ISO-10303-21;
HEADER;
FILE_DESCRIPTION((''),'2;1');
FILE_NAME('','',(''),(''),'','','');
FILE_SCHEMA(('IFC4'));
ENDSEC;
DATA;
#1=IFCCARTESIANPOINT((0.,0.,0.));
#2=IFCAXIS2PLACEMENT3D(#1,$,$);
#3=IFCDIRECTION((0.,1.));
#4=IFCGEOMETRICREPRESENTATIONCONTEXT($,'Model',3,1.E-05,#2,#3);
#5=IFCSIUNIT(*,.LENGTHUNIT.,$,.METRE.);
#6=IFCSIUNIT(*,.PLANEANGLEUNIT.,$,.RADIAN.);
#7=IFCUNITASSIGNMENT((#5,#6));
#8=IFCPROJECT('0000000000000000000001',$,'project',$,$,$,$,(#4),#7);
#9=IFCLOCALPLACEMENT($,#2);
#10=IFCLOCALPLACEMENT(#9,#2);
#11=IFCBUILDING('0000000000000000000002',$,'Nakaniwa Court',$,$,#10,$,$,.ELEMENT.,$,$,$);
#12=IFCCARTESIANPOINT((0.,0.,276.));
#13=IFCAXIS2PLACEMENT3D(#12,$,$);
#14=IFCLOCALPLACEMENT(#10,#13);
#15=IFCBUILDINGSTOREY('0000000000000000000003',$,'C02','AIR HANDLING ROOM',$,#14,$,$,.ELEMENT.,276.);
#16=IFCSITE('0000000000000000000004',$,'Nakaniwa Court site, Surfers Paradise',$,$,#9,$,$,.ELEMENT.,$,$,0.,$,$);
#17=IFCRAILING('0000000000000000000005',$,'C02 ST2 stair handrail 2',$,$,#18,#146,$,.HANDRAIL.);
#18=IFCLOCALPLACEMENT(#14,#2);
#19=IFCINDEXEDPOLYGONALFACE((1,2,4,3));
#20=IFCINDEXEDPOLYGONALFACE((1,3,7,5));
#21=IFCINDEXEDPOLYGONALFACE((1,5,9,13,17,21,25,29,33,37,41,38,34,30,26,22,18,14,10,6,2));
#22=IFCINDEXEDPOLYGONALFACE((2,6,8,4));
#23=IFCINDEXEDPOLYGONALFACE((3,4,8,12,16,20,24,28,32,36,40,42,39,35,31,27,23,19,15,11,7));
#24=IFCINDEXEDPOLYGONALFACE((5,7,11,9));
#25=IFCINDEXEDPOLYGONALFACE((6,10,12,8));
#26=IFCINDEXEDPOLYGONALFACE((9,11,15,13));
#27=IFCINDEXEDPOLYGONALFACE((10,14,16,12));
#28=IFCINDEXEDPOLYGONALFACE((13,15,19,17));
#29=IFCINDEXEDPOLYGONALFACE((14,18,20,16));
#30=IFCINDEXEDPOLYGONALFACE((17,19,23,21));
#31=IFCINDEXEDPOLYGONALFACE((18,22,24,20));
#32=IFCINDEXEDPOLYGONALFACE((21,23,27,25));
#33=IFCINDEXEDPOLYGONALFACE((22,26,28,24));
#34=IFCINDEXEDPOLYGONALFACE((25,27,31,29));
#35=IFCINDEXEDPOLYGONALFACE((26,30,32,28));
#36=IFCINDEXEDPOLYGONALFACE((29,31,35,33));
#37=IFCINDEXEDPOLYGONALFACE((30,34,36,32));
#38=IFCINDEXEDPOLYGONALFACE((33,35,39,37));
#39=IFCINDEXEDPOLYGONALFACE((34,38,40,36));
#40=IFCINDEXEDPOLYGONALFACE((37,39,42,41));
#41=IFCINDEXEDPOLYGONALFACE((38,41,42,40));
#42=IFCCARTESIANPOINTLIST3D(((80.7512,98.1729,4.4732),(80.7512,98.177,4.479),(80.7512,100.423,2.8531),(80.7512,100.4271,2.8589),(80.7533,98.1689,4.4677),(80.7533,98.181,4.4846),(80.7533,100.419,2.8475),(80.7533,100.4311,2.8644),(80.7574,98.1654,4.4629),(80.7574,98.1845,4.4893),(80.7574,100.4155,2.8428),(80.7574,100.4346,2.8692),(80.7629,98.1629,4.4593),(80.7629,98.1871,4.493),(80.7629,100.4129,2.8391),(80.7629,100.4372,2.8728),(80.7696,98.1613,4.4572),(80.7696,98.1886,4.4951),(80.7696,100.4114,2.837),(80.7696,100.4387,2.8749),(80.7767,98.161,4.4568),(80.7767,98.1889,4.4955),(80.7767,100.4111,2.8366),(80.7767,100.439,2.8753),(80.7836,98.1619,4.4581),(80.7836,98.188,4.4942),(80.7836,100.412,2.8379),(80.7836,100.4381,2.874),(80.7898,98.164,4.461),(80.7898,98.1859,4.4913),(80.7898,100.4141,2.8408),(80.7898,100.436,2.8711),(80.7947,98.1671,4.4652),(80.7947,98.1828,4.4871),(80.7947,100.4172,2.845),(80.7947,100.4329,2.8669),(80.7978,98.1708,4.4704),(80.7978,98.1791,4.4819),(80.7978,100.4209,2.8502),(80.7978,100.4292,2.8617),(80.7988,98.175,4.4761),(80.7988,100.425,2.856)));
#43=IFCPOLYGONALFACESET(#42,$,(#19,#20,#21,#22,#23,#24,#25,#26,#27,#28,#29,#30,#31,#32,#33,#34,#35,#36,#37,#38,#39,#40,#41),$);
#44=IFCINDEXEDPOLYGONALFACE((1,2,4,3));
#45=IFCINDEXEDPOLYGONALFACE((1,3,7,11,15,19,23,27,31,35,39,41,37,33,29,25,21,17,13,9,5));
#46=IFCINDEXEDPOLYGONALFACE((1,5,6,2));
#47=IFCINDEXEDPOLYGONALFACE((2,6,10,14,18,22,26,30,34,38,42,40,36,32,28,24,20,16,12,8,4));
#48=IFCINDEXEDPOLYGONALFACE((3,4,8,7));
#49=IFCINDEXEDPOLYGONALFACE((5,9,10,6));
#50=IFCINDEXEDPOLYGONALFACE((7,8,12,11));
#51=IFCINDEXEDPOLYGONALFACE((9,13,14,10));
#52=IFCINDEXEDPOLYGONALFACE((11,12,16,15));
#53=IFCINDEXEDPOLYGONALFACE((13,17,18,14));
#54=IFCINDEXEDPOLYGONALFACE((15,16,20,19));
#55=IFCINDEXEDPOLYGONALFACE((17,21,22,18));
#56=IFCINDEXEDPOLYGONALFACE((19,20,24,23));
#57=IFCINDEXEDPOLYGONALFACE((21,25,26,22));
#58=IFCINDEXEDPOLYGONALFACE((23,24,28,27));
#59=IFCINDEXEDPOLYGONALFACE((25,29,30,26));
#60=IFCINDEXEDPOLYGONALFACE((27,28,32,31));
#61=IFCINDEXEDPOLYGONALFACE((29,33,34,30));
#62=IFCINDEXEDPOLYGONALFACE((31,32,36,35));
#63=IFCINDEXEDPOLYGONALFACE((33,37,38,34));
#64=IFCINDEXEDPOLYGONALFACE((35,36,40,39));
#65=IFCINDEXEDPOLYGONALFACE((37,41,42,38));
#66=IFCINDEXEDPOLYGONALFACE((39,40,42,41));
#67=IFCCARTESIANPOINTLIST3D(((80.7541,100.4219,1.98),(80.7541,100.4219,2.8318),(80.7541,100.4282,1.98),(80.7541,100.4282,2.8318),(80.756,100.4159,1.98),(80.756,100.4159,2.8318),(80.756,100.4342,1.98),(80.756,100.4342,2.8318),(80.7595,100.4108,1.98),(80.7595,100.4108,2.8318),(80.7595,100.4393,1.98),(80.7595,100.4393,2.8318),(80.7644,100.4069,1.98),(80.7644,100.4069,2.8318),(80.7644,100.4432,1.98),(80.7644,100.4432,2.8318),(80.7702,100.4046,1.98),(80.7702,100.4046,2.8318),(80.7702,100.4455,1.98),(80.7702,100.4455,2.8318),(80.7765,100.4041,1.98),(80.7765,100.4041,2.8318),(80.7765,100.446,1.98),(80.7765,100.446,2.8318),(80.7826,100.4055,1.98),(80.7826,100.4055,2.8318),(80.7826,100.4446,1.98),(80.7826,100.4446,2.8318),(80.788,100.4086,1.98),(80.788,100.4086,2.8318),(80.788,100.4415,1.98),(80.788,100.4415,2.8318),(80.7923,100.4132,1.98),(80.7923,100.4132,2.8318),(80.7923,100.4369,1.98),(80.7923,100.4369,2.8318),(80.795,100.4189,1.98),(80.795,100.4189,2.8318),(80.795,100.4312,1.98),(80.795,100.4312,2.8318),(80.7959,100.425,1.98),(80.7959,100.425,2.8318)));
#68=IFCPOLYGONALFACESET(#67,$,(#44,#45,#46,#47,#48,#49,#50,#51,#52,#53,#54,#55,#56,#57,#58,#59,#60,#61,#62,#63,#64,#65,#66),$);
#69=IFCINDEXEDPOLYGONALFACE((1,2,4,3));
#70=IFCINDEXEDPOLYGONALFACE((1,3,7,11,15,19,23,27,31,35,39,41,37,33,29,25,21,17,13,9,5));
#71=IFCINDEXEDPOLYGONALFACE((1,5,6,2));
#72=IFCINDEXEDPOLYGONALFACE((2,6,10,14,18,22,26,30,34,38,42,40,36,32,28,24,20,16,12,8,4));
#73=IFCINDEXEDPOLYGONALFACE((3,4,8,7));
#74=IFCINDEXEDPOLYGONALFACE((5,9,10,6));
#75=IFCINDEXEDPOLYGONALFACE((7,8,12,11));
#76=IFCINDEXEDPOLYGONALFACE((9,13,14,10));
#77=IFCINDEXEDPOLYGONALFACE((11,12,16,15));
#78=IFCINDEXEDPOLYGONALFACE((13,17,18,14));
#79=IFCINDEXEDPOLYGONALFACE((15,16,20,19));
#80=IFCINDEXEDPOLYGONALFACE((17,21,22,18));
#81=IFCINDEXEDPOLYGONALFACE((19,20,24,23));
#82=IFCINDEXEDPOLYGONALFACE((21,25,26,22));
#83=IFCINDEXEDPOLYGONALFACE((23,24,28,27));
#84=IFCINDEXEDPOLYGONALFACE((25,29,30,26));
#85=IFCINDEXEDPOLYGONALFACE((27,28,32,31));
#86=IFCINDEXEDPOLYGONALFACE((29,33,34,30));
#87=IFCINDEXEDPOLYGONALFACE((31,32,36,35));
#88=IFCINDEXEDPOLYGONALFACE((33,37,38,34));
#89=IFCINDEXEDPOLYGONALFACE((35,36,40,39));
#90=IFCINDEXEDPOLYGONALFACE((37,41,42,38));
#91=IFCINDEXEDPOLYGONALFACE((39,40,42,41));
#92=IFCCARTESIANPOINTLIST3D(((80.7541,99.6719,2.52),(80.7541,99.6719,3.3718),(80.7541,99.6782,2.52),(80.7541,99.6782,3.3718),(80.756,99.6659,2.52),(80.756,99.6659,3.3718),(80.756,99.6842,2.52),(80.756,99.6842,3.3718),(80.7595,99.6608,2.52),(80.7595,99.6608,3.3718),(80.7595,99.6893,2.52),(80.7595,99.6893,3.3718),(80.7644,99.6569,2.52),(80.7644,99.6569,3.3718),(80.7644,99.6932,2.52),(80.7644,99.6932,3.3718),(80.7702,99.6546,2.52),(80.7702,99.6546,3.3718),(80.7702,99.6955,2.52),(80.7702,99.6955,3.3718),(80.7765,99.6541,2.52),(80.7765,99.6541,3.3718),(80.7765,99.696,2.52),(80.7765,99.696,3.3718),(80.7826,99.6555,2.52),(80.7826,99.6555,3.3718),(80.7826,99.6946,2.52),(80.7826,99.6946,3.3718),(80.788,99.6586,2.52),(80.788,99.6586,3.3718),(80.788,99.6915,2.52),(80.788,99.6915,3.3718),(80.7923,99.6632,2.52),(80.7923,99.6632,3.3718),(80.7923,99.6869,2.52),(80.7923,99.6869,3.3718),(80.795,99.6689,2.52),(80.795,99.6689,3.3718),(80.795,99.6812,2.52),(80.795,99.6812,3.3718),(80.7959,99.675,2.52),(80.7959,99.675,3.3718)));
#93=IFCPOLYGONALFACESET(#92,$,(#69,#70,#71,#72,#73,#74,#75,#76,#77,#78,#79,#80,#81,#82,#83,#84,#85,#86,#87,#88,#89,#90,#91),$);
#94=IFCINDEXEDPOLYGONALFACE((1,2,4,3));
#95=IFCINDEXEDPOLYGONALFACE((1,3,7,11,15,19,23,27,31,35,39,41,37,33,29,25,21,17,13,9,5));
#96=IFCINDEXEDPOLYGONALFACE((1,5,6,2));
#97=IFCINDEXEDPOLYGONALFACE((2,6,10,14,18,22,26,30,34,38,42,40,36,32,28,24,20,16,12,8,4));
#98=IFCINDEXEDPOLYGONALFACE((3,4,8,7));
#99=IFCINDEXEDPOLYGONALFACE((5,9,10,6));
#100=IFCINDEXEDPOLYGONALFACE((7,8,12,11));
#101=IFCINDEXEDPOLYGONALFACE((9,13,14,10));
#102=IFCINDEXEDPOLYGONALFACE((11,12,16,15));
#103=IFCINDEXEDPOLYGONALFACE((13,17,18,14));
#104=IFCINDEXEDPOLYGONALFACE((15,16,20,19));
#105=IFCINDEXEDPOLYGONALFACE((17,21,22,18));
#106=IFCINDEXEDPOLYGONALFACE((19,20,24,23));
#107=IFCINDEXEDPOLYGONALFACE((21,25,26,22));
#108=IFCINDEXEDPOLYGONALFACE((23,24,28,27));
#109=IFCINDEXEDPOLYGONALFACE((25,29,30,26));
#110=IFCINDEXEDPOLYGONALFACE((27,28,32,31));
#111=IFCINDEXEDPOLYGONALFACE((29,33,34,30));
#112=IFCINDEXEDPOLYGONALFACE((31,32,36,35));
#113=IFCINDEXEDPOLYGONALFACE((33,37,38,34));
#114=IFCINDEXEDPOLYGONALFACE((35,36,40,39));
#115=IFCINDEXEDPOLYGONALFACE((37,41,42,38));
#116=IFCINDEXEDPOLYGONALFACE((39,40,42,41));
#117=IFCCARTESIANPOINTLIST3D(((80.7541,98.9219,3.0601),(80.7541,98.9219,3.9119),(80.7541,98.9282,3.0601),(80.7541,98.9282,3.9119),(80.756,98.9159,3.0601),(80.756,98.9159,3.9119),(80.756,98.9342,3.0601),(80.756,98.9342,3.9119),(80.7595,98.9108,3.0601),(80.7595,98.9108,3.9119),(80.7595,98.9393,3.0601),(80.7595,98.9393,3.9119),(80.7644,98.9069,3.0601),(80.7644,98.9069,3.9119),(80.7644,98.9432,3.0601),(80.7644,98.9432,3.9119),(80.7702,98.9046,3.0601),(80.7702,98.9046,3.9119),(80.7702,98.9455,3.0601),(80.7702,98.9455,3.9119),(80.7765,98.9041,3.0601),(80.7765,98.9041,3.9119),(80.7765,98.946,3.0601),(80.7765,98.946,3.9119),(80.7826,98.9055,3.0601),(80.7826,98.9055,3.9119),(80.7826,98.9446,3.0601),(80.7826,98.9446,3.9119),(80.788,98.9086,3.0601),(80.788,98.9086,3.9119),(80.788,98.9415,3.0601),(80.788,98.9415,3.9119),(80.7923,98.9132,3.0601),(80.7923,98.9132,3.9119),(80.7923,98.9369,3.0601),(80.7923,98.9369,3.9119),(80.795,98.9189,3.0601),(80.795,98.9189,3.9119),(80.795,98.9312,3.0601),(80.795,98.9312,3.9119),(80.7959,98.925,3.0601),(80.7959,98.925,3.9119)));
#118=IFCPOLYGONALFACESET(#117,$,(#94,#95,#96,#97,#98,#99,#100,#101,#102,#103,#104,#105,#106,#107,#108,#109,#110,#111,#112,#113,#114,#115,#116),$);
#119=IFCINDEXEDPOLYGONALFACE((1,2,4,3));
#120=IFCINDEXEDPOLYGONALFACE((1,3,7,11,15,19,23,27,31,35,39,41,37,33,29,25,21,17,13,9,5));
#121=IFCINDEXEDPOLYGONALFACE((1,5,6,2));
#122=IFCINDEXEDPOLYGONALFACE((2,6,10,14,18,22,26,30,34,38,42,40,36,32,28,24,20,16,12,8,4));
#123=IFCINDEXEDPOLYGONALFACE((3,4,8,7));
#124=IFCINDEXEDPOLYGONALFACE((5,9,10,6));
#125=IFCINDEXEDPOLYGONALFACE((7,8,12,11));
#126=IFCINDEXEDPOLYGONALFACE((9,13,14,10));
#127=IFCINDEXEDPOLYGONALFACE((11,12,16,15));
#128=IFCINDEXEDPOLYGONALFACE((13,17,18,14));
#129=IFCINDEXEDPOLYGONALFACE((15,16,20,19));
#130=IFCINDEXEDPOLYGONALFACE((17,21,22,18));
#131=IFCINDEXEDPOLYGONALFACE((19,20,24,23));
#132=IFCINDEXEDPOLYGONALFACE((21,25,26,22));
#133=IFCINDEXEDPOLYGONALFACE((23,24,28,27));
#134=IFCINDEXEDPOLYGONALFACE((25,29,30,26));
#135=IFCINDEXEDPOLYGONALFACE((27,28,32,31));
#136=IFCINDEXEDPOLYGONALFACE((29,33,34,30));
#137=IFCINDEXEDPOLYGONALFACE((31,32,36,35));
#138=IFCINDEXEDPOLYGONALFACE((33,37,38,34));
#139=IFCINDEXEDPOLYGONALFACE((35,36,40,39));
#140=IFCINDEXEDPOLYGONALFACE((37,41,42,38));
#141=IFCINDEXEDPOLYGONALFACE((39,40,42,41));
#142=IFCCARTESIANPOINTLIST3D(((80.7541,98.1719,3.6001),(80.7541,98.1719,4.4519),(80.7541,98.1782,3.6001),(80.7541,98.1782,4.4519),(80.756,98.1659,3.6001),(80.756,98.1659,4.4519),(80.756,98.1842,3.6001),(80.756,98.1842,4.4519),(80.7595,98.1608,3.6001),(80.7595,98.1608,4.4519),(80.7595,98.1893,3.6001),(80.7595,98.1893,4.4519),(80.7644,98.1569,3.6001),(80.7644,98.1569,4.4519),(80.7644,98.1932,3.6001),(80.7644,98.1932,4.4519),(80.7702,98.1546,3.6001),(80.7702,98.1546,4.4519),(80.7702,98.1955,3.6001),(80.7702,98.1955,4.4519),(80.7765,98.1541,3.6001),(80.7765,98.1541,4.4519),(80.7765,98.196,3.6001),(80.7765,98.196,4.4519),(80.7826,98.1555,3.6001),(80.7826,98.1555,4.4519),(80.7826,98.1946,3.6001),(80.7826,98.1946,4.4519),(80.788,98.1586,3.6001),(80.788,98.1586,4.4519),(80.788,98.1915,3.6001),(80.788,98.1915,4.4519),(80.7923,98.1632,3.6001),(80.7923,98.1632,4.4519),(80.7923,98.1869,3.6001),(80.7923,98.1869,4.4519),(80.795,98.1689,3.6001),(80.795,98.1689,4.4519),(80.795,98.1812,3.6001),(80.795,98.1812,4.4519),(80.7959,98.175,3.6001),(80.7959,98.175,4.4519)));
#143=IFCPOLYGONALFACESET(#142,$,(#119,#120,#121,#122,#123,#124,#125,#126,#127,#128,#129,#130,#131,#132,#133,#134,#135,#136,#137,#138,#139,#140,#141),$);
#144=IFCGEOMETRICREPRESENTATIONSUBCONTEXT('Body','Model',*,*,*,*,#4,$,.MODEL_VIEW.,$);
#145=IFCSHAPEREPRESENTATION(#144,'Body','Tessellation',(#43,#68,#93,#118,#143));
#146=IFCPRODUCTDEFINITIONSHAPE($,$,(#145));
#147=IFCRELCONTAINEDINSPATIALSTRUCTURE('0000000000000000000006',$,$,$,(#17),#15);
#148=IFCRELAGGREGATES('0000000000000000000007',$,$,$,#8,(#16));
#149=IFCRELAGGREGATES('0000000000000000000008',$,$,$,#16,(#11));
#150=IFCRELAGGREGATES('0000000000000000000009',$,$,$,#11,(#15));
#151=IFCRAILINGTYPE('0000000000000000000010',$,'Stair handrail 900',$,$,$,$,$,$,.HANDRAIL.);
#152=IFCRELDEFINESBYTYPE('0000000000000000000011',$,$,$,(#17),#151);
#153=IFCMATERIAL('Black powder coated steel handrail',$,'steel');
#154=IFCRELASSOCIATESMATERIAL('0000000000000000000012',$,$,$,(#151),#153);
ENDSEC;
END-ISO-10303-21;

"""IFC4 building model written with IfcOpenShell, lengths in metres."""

from ifc_helpers import new_model, si_unit, direction, frame, origin, origin_2d, place, context, subcontext, project, spatial, circle, extrude, material, type_object, element, save


model = new_model("IFC4")

# Units and contexts
model_context = context("Model", 3, precision=1e-05, world=origin(), true_north=direction((0.0, 1.0)))
body_context = subcontext(model_context, "Body", "Model", "MODEL_VIEW")
ifc_project = project(units=[si_unit("LENGTHUNIT", "METRE"), si_unit("PLANEANGLEUNIT", "RADIAN")], contexts=[model_context])

# Site, building, storey
site_placement = place(None, origin())
site = spatial("IfcSite", under=ifc_project, at=site_placement, Name="Nakaniwa Court site, Surfers Paradise", CompositionType="ELEMENT", RefElevation=0.0)
building_placement = place(site_placement, origin())
building = spatial("IfcBuilding", under=site, at=building_placement, Name="Nakaniwa Court", CompositionType="ELEMENT")
storey_placement = place(building_placement, frame((0.0, 0.0, 276.0)))
storey = spatial("IfcBuildingStorey", under=building, at=storey_placement, Name="C02", Description="AIR HANDLING ROOM", CompositionType="ELEMENT", Elevation=276.0)

# Railing
ifc_material_1 = material(Name="Black powder coated steel handrail", Category="steel")
railing_type_1 = type_object("IfcRailingType", Name="Stair handrail 900", PredefinedType="HANDRAIL", material=ifc_material_1)
railing_1_placement = place(storey_placement, frame((80.7749, 100.425, 1.98)))
element("IfcRailing", 1, at=railing_1_placement, inside=storey, type_object=railing_type_1, Name="C02 ST2 stair handrail 2", PredefinedType="HANDRAIL", context=body_context, shape_type="SweptSolid", body=[
    extrude(circle(Radius=0.0239, at=origin_2d()), frame((0.0, 0.0, 0.876), z_axis=(0.0, -0.811514, 0.584333), x_axis=(1.0, 0.0, 0.0)), (0.0, 0.0, 1.0), 2.7727),
    extrude(circle(Radius=0.021, at=origin_2d()), origin(), (0.0, 0.0, 1.0), 0.8518),
    extrude(circle(Radius=0.021, at=origin_2d()), frame((0.0, -0.75, 0.54)), (0.0, 0.0, 1.0), 0.8518),
    extrude(circle(Radius=0.021, at=origin_2d()), frame((0.0, -1.5, 1.0801)), (0.0, 0.0, 1.0), 0.8518),
    extrude(circle(Radius=0.021, at=origin_2d()), frame((0.0, -2.25, 1.6201)), (0.0, 0.0, 1.0), 0.8518),
])

save(model, "model.ifc")
